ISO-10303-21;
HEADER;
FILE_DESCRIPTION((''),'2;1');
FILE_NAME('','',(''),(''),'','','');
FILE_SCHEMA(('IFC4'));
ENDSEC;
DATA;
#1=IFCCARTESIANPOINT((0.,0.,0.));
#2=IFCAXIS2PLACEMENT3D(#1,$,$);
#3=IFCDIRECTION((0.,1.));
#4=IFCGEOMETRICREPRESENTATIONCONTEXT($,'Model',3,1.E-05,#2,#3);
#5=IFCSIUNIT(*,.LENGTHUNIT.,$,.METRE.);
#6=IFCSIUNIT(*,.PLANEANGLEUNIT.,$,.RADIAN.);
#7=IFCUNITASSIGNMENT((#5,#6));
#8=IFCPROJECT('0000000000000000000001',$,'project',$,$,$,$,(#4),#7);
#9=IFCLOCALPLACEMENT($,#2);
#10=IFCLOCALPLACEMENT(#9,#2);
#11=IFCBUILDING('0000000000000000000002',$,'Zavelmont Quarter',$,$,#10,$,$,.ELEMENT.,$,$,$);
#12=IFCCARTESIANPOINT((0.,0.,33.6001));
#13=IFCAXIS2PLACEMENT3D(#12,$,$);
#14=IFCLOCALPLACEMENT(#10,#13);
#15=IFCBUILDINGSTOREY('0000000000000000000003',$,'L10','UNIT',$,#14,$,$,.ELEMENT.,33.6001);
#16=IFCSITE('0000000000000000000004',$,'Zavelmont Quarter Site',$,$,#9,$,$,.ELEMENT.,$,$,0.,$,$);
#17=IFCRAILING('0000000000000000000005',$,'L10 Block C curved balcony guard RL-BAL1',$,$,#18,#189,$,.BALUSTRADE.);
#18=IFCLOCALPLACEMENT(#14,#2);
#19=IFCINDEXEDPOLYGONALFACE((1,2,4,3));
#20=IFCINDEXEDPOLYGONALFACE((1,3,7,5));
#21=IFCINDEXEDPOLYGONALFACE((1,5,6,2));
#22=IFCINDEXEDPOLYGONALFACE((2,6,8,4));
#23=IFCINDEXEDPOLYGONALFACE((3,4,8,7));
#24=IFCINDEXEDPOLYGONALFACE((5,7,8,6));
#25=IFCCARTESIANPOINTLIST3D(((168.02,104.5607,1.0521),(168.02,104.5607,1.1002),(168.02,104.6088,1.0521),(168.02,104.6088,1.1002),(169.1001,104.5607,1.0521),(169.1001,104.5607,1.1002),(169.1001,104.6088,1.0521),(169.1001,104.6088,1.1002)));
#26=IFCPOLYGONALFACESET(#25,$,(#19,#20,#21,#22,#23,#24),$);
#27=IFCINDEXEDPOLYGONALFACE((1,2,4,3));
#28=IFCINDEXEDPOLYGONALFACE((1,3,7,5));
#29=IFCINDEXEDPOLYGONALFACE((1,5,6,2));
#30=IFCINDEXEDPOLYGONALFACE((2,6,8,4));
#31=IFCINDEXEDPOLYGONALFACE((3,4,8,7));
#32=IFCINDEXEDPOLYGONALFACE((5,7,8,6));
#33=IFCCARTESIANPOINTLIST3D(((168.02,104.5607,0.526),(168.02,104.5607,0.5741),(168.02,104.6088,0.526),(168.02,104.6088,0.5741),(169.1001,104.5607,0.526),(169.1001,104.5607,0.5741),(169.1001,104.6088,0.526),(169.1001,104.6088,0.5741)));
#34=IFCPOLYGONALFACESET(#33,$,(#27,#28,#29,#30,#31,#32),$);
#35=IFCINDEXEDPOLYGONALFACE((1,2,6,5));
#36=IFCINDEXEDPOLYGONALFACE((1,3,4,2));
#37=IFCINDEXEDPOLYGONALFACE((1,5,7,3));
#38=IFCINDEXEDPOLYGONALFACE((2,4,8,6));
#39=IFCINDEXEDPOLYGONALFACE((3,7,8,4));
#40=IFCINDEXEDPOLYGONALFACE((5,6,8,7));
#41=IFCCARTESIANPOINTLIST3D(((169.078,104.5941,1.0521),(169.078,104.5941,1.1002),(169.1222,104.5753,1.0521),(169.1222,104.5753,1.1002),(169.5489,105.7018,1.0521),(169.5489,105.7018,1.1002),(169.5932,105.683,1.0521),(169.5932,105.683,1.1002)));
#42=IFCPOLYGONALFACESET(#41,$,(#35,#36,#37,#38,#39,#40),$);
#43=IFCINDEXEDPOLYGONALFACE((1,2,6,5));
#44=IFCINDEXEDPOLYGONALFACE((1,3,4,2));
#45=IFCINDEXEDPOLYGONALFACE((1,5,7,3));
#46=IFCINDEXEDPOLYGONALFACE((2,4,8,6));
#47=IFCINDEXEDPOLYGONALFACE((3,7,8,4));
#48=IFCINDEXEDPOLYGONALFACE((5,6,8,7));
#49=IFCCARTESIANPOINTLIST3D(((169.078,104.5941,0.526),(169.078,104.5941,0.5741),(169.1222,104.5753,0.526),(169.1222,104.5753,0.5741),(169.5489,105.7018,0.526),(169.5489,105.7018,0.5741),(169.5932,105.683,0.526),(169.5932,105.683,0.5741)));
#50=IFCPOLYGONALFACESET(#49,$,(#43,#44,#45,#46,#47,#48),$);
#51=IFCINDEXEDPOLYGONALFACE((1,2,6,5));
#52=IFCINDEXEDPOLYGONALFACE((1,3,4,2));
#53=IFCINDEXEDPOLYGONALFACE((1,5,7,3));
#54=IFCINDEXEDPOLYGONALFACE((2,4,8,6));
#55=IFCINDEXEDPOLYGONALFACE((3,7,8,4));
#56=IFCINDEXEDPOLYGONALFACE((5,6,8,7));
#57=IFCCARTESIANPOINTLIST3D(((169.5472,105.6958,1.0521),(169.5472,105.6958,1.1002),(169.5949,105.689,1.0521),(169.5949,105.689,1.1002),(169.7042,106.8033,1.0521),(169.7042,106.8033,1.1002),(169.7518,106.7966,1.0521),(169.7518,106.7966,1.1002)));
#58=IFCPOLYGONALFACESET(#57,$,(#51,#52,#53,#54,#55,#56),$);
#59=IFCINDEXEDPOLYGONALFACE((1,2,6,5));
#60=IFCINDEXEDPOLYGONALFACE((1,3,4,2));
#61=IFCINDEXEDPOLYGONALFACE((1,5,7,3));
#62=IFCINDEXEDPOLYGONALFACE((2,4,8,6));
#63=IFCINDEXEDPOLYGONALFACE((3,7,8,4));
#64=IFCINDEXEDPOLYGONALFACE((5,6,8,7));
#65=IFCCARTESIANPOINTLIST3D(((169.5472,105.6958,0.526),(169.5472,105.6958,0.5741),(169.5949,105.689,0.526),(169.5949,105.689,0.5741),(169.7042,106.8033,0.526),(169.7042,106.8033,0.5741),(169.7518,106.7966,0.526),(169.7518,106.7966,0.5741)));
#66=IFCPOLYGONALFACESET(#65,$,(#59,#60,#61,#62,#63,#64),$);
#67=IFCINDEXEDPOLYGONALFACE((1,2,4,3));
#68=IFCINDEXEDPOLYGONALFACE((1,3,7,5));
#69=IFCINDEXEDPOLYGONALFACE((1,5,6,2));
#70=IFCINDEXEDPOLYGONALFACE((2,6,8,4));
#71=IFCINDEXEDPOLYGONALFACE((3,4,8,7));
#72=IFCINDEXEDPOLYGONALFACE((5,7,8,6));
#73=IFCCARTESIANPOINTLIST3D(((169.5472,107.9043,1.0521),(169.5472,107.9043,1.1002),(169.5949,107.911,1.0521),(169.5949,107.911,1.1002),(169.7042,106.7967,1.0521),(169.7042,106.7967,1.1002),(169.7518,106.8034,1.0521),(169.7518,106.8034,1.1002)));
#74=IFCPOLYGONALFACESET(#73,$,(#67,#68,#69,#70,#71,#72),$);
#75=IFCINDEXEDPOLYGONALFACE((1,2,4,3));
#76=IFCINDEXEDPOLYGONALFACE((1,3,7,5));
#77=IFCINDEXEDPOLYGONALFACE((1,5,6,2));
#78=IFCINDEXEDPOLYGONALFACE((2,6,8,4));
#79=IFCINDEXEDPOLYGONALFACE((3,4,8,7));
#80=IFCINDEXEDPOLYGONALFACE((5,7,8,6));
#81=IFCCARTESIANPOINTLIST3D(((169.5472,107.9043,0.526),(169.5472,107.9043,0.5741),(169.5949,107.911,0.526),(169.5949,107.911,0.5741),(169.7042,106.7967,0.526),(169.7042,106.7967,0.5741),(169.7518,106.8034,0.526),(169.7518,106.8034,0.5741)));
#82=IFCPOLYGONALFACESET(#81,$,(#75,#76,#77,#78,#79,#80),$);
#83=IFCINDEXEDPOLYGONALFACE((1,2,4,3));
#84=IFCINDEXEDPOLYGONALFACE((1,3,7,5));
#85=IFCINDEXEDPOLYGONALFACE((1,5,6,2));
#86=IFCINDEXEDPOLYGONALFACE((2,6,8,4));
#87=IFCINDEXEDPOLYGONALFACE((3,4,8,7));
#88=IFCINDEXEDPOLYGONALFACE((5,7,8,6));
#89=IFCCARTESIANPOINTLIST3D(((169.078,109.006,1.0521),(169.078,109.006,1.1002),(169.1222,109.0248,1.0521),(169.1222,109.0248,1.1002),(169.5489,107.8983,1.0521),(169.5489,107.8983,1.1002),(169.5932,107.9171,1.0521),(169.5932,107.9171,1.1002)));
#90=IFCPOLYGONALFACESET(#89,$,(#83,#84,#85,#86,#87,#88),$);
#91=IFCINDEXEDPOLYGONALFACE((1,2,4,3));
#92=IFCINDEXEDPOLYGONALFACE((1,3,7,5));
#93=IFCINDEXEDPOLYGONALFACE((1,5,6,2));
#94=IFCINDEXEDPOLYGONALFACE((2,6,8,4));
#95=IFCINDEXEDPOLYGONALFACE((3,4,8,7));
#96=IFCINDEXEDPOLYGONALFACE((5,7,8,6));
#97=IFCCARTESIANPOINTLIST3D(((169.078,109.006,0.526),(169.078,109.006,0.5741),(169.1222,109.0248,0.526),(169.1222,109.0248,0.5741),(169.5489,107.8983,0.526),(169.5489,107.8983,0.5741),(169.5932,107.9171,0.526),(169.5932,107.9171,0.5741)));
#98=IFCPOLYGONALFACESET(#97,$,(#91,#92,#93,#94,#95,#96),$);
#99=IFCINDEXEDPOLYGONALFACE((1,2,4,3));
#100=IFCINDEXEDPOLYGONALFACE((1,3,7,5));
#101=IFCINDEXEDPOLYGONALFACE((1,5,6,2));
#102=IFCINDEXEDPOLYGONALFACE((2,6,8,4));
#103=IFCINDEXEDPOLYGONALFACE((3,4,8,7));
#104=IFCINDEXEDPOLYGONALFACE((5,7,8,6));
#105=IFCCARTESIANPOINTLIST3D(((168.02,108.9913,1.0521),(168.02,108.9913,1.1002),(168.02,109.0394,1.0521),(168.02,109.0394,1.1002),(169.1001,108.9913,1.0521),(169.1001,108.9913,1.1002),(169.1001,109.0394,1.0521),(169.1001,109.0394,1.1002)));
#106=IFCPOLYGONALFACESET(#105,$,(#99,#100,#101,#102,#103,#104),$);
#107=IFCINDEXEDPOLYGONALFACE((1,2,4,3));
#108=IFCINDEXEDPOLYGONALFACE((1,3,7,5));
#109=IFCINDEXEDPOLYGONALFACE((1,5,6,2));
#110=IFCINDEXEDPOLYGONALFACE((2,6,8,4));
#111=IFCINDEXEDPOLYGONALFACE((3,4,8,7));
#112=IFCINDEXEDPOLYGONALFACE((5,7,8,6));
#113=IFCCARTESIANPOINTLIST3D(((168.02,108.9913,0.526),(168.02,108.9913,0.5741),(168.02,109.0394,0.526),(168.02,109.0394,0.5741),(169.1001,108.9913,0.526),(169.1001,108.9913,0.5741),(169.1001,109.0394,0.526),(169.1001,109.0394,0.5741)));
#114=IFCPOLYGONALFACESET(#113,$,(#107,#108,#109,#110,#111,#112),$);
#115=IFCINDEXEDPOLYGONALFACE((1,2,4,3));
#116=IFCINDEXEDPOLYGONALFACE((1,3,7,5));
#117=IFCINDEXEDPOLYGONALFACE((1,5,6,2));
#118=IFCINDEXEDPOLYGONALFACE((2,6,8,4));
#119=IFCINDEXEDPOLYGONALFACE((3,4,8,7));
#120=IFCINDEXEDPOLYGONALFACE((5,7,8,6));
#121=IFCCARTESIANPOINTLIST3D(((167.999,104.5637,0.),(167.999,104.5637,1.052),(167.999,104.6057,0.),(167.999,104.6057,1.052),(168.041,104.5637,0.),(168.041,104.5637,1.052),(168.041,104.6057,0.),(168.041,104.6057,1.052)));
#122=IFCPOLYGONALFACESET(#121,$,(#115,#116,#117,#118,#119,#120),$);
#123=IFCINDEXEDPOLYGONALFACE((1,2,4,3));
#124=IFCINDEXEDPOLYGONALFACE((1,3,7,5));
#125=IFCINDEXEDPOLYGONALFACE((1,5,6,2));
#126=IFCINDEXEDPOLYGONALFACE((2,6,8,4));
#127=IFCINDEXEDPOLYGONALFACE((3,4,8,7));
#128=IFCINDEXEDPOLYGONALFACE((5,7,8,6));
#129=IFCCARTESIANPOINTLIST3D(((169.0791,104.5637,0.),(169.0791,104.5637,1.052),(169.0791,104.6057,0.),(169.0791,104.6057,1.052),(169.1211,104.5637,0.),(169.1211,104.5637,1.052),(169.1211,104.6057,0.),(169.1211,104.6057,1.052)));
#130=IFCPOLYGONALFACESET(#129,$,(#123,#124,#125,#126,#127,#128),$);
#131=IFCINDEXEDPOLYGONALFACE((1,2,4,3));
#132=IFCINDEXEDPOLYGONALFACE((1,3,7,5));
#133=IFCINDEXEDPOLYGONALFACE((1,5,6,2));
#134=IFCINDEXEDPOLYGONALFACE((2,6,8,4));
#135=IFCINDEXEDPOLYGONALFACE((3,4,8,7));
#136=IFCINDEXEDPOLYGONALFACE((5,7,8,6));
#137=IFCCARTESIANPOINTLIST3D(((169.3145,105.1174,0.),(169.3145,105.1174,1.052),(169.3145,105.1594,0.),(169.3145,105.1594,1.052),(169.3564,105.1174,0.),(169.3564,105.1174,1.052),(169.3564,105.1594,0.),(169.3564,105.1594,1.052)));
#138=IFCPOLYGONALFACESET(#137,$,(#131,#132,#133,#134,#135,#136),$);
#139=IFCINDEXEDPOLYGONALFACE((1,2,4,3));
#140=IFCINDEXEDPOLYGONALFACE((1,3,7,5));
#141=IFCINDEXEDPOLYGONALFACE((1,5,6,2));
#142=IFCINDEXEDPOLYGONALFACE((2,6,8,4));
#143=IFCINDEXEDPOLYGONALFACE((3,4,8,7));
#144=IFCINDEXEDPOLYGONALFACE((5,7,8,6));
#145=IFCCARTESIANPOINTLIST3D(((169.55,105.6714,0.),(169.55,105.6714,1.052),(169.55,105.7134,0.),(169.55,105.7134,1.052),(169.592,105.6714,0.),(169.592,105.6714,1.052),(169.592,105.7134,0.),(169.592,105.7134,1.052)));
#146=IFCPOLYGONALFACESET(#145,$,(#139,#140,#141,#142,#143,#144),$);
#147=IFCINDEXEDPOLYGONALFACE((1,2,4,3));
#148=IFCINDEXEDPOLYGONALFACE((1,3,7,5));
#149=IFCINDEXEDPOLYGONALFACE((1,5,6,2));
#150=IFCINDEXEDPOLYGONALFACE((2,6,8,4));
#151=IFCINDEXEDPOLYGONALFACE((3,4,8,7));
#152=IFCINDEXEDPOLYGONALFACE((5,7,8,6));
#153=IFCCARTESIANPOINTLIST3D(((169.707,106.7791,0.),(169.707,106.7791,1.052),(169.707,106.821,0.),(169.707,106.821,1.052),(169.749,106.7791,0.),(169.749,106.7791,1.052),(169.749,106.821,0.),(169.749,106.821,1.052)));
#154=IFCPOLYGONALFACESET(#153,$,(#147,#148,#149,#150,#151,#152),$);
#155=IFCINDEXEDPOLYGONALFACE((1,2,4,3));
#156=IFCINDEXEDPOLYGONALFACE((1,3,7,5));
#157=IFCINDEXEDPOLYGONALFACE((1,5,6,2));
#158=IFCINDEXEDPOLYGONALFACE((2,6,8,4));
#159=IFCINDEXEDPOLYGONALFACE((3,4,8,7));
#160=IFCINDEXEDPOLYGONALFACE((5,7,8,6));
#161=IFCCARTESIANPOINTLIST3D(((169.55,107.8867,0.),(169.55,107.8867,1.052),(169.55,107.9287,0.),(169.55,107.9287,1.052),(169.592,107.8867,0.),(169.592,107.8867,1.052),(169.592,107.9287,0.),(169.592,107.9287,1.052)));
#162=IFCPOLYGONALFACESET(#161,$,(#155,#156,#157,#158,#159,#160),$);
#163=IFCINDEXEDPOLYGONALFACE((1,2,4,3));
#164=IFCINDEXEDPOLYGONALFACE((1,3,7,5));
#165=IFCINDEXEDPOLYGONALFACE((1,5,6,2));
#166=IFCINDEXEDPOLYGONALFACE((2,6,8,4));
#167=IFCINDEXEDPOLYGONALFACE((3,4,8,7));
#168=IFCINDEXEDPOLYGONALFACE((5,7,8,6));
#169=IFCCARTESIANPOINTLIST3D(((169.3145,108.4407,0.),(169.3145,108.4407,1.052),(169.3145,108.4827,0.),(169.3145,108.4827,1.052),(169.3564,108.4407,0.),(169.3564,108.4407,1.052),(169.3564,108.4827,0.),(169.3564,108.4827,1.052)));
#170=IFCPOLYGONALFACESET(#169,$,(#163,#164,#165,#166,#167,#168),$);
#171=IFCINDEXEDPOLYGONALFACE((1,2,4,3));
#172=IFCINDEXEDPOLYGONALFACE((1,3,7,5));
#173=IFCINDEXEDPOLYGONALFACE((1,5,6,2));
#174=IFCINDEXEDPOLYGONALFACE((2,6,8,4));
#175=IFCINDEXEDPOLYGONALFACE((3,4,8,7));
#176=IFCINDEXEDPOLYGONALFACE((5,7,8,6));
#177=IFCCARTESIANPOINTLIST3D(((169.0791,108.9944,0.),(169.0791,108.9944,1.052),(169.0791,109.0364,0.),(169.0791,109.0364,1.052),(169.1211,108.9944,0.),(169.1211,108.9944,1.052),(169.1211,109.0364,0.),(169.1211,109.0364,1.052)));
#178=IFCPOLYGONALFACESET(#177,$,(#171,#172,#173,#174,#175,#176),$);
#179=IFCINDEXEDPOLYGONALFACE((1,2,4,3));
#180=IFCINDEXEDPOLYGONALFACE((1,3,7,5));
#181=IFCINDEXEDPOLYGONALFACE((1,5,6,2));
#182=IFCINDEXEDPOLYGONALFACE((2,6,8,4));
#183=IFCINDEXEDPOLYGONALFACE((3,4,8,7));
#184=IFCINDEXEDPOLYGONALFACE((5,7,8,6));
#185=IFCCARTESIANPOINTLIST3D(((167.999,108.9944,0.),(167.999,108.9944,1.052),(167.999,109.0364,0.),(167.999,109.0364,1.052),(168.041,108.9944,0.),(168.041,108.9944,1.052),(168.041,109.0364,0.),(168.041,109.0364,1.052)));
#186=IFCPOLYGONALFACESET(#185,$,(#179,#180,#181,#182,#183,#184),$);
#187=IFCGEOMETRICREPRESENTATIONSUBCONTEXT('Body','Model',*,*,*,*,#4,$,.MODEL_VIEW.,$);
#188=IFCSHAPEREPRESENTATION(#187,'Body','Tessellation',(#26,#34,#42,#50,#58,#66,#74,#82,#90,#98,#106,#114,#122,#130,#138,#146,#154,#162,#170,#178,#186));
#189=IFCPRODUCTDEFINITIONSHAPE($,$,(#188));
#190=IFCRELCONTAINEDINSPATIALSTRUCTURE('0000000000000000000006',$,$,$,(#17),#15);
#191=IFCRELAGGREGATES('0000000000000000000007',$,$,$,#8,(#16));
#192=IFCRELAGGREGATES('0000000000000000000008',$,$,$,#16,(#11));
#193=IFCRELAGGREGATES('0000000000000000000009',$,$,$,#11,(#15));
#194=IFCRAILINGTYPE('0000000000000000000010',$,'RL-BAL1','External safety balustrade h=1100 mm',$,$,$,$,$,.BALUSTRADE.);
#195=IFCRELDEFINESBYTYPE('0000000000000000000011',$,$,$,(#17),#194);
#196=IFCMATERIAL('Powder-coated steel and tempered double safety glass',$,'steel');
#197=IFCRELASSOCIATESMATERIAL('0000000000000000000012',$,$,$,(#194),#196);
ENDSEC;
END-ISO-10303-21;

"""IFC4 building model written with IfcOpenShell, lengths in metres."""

from ifc_helpers import new_model, si_unit, direction, frame, origin, origin_2d, place, context, subcontext, project, spatial, rectangle, extrude, material, type_object, element, save


model = new_model("IFC4")

# Units and contexts
model_context = context("Model", 3, precision=1e-05, world=origin(), true_north=direction((0.0, 1.0)))
body_context = subcontext(model_context, "Body", "Model", "MODEL_VIEW")
ifc_project = project(units=[si_unit("LENGTHUNIT", "METRE"), si_unit("PLANEANGLEUNIT", "RADIAN")], contexts=[model_context])

# Site, building, storey
site_placement = place(None, origin())
site = spatial("IfcSite", under=ifc_project, at=site_placement, Name="Zavelmont Quarter Site", CompositionType="ELEMENT", RefElevation=0.0)
building_placement = place(site_placement, origin())
building = spatial("IfcBuilding", under=site, at=building_placement, Name="Zavelmont Quarter", CompositionType="ELEMENT")
storey_placement = place(building_placement, frame((0.0, 0.0, 33.6001)))
storey = spatial("IfcBuildingStorey", under=building, at=storey_placement, Name="L10", Description="UNIT", CompositionType="ELEMENT", Elevation=33.6001)

# Railing
ifc_material_1 = material(Name="Powder-coated steel and tempered double safety glass", Category="steel")
railing_type = type_object("IfcRailingType", Name="RL-BAL1", Description="External safety balustrade h=1100 mm", PredefinedType="BALUSTRADE", material=ifc_material_1)
railing_placement = place(storey_placement, frame((168.02, 104.5847, 0.0)))
element("IfcRailing", 1, at=railing_placement, inside=storey, type_object=railing_type, Name="L10 Block C curved balcony guard RL-BAL1", PredefinedType="BALUSTRADE", context=body_context, shape_type="SweptSolid", body=[
    extrude(rectangle(XDim=0.0481, YDim=0.0481, at=origin_2d()), frame((0.0, 0.0, 1.0762), z_axis=(1.0, 0.0, 0.0), x_axis=(0.0, 1.0, 0.0)), (0.0, 0.0, 1.0), 1.0801),
    extrude(rectangle(XDim=0.0481, YDim=0.0481, at=origin_2d()), frame((0.0, 0.0, 0.55), z_axis=(1.0, 0.0, 0.0), x_axis=(0.0, 1.0, 0.0)), (0.0, 0.0, 1.0), 1.0801),
    extrude(rectangle(XDim=0.0481, YDim=0.0481, at=origin_2d()), frame((1.0801, 0.0, 1.0762), z_axis=(0.391274, 0.920274, 0.0), x_axis=(-0.920274, 0.391274, 0.0)), (0.0, 0.0, 1.0), 1.2036),
    extrude(rectangle(XDim=0.0481, YDim=0.0481, at=origin_2d()), frame((1.0801, 0.0, 0.55), z_axis=(0.391274, 0.920274, 0.0), x_axis=(-0.920274, 0.391274, 0.0)), (0.0, 0.0, 1.0), 1.2036),
    extrude(rectangle(XDim=0.0481, YDim=0.0481, at=origin_2d()), frame((1.551, 1.1077, 1.0762), z_axis=(0.140321, 0.990106, 0.0), x_axis=(-0.990106, 0.140321, 0.0)), (0.0, 0.0, 1.0), 1.1187),
    extrude(rectangle(XDim=0.0481, YDim=0.0481, at=origin_2d()), frame((1.551, 1.1077, 0.55), z_axis=(0.140321, 0.990106, 0.0), x_axis=(-0.990106, 0.140321, 0.0)), (0.0, 0.0, 1.0), 1.1187),
    extrude(rectangle(XDim=0.0481, YDim=0.0481, at=origin_2d()), frame((1.708, 2.2153, 1.0762), z_axis=(-0.140321, 0.990106, 0.0), x_axis=(-0.990106, -0.140321, 0.0)), (0.0, 0.0, 1.0), 1.1187),
    extrude(rectangle(XDim=0.0481, YDim=0.0481, at=origin_2d()), frame((1.708, 2.2153, 0.55), z_axis=(-0.140321, 0.990106, 0.0), x_axis=(-0.990106, -0.140321, 0.0)), (0.0, 0.0, 1.0), 1.1187),
    extrude(rectangle(XDim=0.0481, YDim=0.0481, at=origin_2d()), frame((1.551, 3.323, 1.0762), z_axis=(-0.391274, 0.920274, 0.0), x_axis=(-0.920274, -0.391274, 0.0)), (0.0, 0.0, 1.0), 1.2036),
    extrude(rectangle(XDim=0.0481, YDim=0.0481, at=origin_2d()), frame((1.551, 3.323, 0.55), z_axis=(-0.391274, 0.920274, 0.0), x_axis=(-0.920274, -0.391274, 0.0)), (0.0, 0.0, 1.0), 1.2036),
    extrude(rectangle(XDim=0.0481, YDim=0.0481, at=origin_2d()), frame((1.0801, 4.4307, 1.0762), z_axis=(-1.0, 0.0, 0.0), x_axis=(0.0, -1.0, 0.0)), (0.0, 0.0, 1.0), 1.0801),
    extrude(rectangle(XDim=0.0481, YDim=0.0481, at=origin_2d()), frame((1.0801, 4.4307, 0.55), z_axis=(-1.0, 0.0, 0.0), x_axis=(0.0, -1.0, 0.0)), (0.0, 0.0, 1.0), 1.0801),
    extrude(rectangle(XDim=0.042, YDim=0.042, at=origin_2d()), origin(), (0.0, 0.0, 1.0), 1.052),
    extrude(rectangle(XDim=0.042, YDim=0.042, at=origin_2d()), frame((1.0801, 0.0, 0.0)), (0.0, 0.0, 1.0), 1.052),
    extrude(rectangle(XDim=0.042, YDim=0.042, at=origin_2d()), frame((1.3154, 0.5537, 0.0)), (0.0, 0.0, 1.0), 1.052),
    extrude(rectangle(XDim=0.042, YDim=0.042, at=origin_2d()), frame((1.551, 1.1077, 0.0)), (0.0, 0.0, 1.0), 1.052),
    extrude(rectangle(XDim=0.042, YDim=0.042, at=origin_2d()), frame((1.708, 2.2153, 0.0)), (0.0, 0.0, 1.0), 1.052),
    extrude(rectangle(XDim=0.042, YDim=0.042, at=origin_2d()), frame((1.551, 3.323, 0.0)), (0.0, 0.0, 1.0), 1.052),
    extrude(rectangle(XDim=0.042, YDim=0.042, at=origin_2d()), frame((1.3154, 3.877, 0.0)), (0.0, 0.0, 1.0), 1.052),
    extrude(rectangle(XDim=0.042, YDim=0.042, at=origin_2d()), frame((1.0801, 4.4307, 0.0)), (0.0, 0.0, 1.0), 1.052),
    extrude(rectangle(XDim=0.042, YDim=0.042, at=origin_2d()), frame((0.0, 4.4307, 0.0)), (0.0, 0.0, 1.0), 1.052),
])

save(model, "model.ifc")
